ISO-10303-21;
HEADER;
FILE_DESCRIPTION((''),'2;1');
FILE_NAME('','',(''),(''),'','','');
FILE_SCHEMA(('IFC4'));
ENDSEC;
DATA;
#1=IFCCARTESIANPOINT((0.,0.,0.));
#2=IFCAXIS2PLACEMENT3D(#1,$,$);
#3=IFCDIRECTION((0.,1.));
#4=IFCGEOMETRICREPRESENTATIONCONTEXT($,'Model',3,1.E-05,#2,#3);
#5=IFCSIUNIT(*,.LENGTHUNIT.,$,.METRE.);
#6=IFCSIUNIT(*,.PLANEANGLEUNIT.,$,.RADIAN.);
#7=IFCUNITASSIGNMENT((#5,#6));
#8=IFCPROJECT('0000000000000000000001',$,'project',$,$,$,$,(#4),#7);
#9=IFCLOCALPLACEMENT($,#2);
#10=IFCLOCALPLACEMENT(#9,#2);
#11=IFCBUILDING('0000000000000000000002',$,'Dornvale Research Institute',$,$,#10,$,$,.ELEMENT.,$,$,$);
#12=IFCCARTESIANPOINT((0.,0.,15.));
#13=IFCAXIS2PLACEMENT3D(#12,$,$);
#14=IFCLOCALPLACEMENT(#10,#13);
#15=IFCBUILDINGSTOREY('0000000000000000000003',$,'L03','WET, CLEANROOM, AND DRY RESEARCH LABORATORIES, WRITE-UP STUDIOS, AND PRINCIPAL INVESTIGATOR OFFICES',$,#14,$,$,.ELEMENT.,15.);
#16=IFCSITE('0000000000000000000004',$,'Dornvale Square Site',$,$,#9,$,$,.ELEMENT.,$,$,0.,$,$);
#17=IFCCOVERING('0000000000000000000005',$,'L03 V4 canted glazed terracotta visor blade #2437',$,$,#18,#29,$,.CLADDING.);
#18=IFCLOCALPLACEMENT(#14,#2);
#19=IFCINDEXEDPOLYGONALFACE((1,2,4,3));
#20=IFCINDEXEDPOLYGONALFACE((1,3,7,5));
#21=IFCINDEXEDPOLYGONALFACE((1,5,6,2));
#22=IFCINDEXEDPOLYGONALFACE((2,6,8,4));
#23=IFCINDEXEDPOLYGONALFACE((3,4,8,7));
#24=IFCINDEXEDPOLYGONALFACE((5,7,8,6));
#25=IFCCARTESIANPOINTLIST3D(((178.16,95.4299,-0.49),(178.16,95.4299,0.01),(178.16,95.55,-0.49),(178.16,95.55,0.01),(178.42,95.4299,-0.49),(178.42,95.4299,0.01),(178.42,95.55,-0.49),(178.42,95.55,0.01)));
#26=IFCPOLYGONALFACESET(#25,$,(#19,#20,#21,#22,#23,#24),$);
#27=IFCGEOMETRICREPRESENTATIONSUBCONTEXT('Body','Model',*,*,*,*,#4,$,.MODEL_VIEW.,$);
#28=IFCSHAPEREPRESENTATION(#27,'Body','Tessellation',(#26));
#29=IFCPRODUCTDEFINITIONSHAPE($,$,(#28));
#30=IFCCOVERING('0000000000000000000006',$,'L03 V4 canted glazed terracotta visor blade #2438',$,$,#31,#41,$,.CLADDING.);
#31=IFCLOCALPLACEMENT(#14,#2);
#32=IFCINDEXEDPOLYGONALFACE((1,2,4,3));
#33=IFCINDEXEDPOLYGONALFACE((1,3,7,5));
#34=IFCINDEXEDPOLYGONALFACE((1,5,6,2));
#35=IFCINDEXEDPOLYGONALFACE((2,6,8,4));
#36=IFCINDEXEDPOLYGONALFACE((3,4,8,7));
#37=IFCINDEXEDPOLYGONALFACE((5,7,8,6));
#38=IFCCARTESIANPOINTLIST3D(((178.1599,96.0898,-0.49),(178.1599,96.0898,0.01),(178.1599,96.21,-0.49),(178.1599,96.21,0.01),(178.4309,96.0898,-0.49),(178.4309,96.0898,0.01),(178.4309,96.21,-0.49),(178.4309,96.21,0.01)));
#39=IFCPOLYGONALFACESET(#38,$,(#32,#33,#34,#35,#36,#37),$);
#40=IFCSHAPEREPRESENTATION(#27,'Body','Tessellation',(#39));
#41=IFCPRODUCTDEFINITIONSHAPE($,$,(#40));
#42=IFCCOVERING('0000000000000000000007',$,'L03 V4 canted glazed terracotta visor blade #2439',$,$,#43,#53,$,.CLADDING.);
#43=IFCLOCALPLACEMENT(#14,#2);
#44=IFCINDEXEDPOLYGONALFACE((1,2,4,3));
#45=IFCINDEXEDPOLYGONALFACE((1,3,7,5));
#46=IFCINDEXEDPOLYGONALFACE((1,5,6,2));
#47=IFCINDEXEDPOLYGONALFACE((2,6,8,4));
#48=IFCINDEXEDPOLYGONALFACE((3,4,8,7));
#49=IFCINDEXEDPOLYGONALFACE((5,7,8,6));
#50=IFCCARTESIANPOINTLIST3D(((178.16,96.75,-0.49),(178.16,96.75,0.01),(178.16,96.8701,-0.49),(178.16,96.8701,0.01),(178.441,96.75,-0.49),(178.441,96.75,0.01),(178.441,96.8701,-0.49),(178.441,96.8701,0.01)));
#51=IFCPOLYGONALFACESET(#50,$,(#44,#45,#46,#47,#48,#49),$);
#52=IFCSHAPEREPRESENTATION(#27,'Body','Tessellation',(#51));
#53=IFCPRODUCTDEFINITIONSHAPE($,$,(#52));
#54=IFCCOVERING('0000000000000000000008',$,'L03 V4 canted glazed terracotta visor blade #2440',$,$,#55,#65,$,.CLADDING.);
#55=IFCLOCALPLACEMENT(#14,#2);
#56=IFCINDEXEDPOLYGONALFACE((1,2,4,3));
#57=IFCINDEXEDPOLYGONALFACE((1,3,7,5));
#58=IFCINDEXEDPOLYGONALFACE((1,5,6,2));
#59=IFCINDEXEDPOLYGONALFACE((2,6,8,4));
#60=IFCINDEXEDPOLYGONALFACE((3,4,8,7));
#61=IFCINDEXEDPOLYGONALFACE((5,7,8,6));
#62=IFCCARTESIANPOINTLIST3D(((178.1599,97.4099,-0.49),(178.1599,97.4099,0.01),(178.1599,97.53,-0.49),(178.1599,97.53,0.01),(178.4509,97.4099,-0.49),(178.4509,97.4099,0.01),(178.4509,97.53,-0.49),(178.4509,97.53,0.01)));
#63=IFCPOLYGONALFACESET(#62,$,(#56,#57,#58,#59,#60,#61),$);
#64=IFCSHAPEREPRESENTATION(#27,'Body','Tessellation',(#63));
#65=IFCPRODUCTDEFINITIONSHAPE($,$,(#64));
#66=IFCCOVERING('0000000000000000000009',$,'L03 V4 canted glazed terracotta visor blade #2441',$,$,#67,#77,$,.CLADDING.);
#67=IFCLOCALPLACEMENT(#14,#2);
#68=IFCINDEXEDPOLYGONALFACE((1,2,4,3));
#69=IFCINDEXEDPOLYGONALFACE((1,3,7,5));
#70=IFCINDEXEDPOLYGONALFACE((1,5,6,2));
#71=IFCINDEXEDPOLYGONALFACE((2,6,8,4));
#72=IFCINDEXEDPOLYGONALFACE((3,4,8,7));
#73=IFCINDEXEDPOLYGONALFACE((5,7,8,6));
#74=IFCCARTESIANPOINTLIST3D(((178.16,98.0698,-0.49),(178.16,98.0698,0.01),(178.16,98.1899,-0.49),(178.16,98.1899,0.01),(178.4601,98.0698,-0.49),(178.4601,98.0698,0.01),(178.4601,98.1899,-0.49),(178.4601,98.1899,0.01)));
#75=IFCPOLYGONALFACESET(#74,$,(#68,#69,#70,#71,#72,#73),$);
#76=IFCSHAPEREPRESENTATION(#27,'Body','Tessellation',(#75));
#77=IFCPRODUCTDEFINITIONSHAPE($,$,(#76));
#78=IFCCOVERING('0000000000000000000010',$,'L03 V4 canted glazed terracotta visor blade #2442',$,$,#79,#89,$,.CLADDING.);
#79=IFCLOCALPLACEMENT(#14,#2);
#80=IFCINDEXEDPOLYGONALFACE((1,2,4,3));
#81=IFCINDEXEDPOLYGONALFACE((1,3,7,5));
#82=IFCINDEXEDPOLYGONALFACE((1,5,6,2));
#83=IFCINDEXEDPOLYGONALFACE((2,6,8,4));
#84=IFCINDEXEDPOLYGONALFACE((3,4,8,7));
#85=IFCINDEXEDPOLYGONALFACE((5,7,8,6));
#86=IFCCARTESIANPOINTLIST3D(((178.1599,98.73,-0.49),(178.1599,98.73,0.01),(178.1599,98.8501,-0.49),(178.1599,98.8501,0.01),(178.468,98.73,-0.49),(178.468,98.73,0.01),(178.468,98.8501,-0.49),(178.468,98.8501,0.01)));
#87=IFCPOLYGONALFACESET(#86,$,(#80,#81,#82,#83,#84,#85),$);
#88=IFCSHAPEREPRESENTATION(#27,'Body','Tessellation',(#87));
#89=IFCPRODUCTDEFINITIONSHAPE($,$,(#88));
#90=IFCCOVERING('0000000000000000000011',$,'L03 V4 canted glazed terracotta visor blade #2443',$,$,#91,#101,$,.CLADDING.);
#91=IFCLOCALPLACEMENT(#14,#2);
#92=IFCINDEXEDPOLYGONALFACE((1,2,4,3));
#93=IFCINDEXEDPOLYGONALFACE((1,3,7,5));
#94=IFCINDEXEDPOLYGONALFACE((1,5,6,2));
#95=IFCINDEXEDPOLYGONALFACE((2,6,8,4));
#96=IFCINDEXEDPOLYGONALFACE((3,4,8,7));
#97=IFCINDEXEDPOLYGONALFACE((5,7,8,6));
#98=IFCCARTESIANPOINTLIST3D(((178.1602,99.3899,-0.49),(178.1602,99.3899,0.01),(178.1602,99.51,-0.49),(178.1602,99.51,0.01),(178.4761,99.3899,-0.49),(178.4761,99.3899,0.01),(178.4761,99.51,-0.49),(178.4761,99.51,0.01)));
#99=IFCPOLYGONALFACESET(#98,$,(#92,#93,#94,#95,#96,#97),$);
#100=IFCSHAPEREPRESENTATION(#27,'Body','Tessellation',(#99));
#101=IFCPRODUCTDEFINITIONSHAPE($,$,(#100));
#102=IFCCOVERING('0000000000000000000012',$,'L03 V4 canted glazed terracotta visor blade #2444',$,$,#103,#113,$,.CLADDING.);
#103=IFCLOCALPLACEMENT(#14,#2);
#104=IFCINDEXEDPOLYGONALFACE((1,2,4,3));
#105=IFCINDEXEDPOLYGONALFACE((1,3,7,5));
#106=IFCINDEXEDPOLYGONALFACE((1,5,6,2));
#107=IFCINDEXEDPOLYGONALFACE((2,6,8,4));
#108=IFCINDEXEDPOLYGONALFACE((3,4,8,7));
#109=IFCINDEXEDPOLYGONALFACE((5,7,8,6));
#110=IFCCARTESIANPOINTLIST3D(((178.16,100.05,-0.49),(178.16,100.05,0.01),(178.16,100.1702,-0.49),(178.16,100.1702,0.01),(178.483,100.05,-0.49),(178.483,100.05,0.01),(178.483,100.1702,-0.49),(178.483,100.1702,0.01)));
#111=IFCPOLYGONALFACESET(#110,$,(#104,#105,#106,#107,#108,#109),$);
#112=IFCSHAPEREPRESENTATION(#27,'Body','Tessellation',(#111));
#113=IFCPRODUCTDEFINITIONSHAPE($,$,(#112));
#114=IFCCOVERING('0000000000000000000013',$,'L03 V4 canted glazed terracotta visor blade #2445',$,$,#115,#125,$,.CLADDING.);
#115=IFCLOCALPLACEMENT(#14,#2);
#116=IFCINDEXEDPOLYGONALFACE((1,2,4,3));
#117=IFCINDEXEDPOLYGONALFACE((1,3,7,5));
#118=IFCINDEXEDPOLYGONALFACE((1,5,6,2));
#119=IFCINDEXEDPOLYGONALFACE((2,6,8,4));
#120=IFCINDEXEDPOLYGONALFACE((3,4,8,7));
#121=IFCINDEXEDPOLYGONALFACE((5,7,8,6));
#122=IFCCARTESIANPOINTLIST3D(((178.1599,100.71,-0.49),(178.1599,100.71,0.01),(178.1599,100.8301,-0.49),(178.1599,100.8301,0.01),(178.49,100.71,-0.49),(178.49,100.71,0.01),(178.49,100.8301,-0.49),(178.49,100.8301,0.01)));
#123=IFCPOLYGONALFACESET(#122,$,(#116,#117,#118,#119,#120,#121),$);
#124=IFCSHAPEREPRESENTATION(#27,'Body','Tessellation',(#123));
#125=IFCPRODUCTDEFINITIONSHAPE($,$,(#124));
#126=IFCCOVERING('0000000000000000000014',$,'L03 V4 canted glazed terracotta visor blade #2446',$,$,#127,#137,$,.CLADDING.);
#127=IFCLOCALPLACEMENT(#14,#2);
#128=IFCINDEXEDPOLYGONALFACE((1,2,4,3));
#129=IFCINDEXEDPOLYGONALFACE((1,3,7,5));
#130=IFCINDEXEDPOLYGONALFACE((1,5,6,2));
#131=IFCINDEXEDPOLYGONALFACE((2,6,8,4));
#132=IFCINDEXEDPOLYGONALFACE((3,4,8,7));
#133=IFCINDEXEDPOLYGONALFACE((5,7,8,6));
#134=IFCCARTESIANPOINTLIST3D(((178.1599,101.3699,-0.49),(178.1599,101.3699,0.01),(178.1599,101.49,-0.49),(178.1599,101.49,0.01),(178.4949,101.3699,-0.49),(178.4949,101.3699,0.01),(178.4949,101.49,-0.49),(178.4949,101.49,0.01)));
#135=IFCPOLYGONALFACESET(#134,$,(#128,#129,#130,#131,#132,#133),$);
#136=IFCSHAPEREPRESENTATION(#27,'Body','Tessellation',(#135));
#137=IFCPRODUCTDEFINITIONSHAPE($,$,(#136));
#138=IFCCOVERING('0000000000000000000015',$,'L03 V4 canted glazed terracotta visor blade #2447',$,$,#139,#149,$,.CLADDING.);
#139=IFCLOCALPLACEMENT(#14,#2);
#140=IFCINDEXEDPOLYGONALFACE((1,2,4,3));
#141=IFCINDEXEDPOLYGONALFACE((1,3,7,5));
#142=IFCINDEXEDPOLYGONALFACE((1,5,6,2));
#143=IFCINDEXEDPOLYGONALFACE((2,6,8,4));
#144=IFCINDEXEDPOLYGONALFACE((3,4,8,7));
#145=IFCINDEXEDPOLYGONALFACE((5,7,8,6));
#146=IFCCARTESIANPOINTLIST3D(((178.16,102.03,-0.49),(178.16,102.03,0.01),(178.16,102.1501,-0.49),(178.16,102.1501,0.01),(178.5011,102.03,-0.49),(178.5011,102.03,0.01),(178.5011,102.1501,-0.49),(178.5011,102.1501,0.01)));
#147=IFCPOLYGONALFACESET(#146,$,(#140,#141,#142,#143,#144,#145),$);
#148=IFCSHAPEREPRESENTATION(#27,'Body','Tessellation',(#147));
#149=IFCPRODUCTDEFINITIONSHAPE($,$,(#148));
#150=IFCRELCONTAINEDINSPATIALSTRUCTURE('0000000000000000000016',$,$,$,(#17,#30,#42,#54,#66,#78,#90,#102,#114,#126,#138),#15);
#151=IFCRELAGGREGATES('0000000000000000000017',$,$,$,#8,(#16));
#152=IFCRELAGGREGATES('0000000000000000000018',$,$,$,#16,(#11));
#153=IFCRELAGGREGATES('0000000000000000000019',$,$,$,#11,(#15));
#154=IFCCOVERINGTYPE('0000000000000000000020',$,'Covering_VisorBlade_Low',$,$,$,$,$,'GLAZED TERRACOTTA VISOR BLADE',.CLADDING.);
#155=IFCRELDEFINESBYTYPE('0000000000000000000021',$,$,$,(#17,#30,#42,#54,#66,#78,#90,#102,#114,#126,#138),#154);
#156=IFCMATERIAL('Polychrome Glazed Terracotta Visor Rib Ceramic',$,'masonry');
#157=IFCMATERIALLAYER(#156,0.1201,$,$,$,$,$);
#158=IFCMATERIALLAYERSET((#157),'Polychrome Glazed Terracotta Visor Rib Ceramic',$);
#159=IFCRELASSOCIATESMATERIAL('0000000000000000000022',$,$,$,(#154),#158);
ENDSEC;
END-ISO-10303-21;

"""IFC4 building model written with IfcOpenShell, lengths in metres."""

from ifc_helpers import new_model, si_unit, direction, frame, origin, origin_2d, place, context, subcontext, project, spatial, rectangle, extrude, material, layer, layer_set, type_object, element, save


model = new_model("IFC4")

# Units and contexts
model_context = context("Model", 3, precision=1e-05, world=origin(), true_north=direction((0.0, 1.0)))
body_context = subcontext(model_context, "Body", "Model", "MODEL_VIEW")
ifc_project = project(units=[si_unit("LENGTHUNIT", "METRE"), si_unit("PLANEANGLEUNIT", "RADIAN")], contexts=[model_context])

# Site, building, storey
site_placement = place(None, origin())
site = spatial("IfcSite", under=ifc_project, at=site_placement, Name="Dornvale Square Site", CompositionType="ELEMENT", RefElevation=0.0)
building_placement = place(site_placement, origin())
building = spatial("IfcBuilding", under=site, at=building_placement, Name="Dornvale Research Institute", CompositionType="ELEMENT")
storey_placement = place(building_placement, frame((0.0, 0.0, 15.0)))
storey = spatial("IfcBuildingStorey", under=building, at=storey_placement, Name="L03", Description="WET, CLEANROOM, AND DRY RESEARCH LABORATORIES, WRITE-UP STUDIOS, AND PRINCIPAL INVESTIGATOR OFFICES", CompositionType="ELEMENT", Elevation=15.0)

# Coverings
ifc_material_1 = material(Name="Polychrome Glazed Terracotta Visor Rib Ceramic", Category="masonry")
ifc_layer_1 = layer(ifc_material_1, 0.1201)
ifc_layer_set_1 = layer_set([ifc_layer_1], Name="Polychrome Glazed Terracotta Visor Rib Ceramic")
covering_type = type_object("IfcCoveringType", Name="Covering_VisorBlade_Low", ElementType="GLAZED TERRACOTTA VISOR BLADE", PredefinedType="CLADDING", material=ifc_layer_set_1)
covering_1_placement = place(storey_placement, frame((178.29, 95.49, -0.49), z_axis=(0.0, 0.0, 1.0), x_axis=(1.0, 0.0, 0.0)))
element("IfcCovering", 1, at=covering_1_placement, inside=storey, type_object=covering_type, Name="L03 V4 canted glazed terracotta visor blade #2437", PredefinedType="CLADDING", context=body_context, shape_type="SweptSolid", body=[
    extrude(rectangle(XDim=0.26, YDim=0.1201, at=origin_2d()), origin(), (0.0, 0.0, 1.0), 0.5),
])
covering_2_placement = place(storey_placement, frame((178.2954, 96.1499, -0.49), z_axis=(0.0, 0.0, 1.0), x_axis=(1.0, 0.0, 0.0)))
element("IfcCovering", 2, at=covering_2_placement, inside=storey, type_object=covering_type, Name="L03 V4 canted glazed terracotta visor blade #2438", PredefinedType="CLADDING", context=body_context, shape_type="SweptSolid", body=[
    extrude(rectangle(XDim=0.271, YDim=0.1201, at=origin_2d()), origin(), (0.0, 0.0, 1.0), 0.5),
])
covering_3_placement = place(storey_placement, frame((178.3005, 96.8101, -0.49), z_axis=(0.0, 0.0, 1.0), x_axis=(1.0, 0.0, 0.0)))
element("IfcCovering", 3, at=covering_3_placement, inside=storey, type_object=covering_type, Name="L03 V4 canted glazed terracotta visor blade #2439", PredefinedType="CLADDING", context=body_context, shape_type="SweptSolid", body=[
    extrude(rectangle(XDim=0.281, YDim=0.1201, at=origin_2d()), origin(), (0.0, 0.0, 1.0), 0.5),
])
covering_4_placement = place(storey_placement, frame((178.3054, 97.47, -0.49), z_axis=(0.0, 0.0, 1.0), x_axis=(1.0, 0.0, 0.0)))
element("IfcCovering", 4, at=covering_4_placement, inside=storey, type_object=covering_type, Name="L03 V4 canted glazed terracotta visor blade #2440", PredefinedType="CLADDING", context=body_context, shape_type="SweptSolid", body=[
    extrude(rectangle(XDim=0.291, YDim=0.1201, at=origin_2d()), origin(), (0.0, 0.0, 1.0), 0.5),
])
covering_5_placement = place(storey_placement, frame((178.3101, 98.1299, -0.49), z_axis=(0.0, 0.0, 1.0), x_axis=(1.0, 0.0, 0.0)))
element("IfcCovering", 5, at=covering_5_placement, inside=storey, type_object=covering_type, Name="L03 V4 canted glazed terracotta visor blade #2441", PredefinedType="CLADDING", context=body_context, shape_type="SweptSolid", body=[
    extrude(rectangle(XDim=0.3, YDim=0.1201, at=origin_2d()), origin(), (0.0, 0.0, 1.0), 0.5),
])
covering_6_placement = place(storey_placement, frame((178.314, 98.79, -0.49), z_axis=(0.0, 0.0, 1.0), x_axis=(1.0, 0.0, 0.0)))
element("IfcCovering", 6, at=covering_6_placement, inside=storey, type_object=covering_type, Name="L03 V4 canted glazed terracotta visor blade #2442", PredefinedType="CLADDING", context=body_context, shape_type="SweptSolid", body=[
    extrude(rectangle(XDim=0.3081, YDim=0.1201, at=origin_2d()), origin(), (0.0, 0.0, 1.0), 0.5),
])
covering_7_placement = place(storey_placement, frame((178.3181, 99.45, -0.49), z_axis=(0.0, 0.0, 1.0), x_axis=(1.0, 0.0, 0.0)))
element("IfcCovering", 7, at=covering_7_placement, inside=storey, type_object=covering_type, Name="L03 V4 canted glazed terracotta visor blade #2443", PredefinedType="CLADDING", context=body_context, shape_type="SweptSolid", body=[
    extrude(rectangle(XDim=0.3159, YDim=0.1201, at=origin_2d()), origin(), (0.0, 0.0, 1.0), 0.5),
])
covering_8_placement = place(storey_placement, frame((178.3215, 100.1101, -0.49), z_axis=(0.0, 0.0, 1.0), x_axis=(1.0, 0.0, 0.0)))
element("IfcCovering", 8, at=covering_8_placement, inside=storey, type_object=covering_type, Name="L03 V4 canted glazed terracotta visor blade #2444", PredefinedType="CLADDING", context=body_context, shape_type="SweptSolid", body=[
    extrude(rectangle(XDim=0.323, YDim=0.1201, at=origin_2d()), origin(), (0.0, 0.0, 1.0), 0.5),
])
covering_9_placement = place(storey_placement, frame((178.325, 100.77, -0.49), z_axis=(0.0, 0.0, 1.0), x_axis=(1.0, 0.0, 0.0)))
element("IfcCovering", 9, at=covering_9_placement, inside=storey, type_object=covering_type, Name="L03 V4 canted glazed terracotta visor blade #2445", PredefinedType="CLADDING", context=body_context, shape_type="SweptSolid", body=[
    extrude(rectangle(XDim=0.3301, YDim=0.1201, at=origin_2d()), origin(), (0.0, 0.0, 1.0), 0.5),
])
covering_10_placement = place(storey_placement, frame((178.3274, 101.4299, -0.49), z_axis=(0.0, 0.0, 1.0), x_axis=(1.0, 0.0, 0.0)))
element("IfcCovering", 10, at=covering_10_placement, inside=storey, type_object=covering_type, Name="L03 V4 canted glazed terracotta visor blade #2446", PredefinedType="CLADDING", context=body_context, shape_type="SweptSolid", body=[
    extrude(rectangle(XDim=0.335, YDim=0.1201, at=origin_2d()), origin(), (0.0, 0.0, 1.0), 0.5),
])
covering_11_placement = place(storey_placement, frame((178.3306, 102.0901, -0.49), z_axis=(0.0, 0.0, 1.0), x_axis=(1.0, 0.0, 0.0)))
element("IfcCovering", 11, at=covering_11_placement, inside=storey, type_object=covering_type, Name="L03 V4 canted glazed terracotta visor blade #2447", PredefinedType="CLADDING", context=body_context, shape_type="SweptSolid", body=[
    extrude(rectangle(XDim=0.3411, YDim=0.1201, at=origin_2d()), origin(), (0.0, 0.0, 1.0), 0.5),
])

save(model, "model.ifc")
